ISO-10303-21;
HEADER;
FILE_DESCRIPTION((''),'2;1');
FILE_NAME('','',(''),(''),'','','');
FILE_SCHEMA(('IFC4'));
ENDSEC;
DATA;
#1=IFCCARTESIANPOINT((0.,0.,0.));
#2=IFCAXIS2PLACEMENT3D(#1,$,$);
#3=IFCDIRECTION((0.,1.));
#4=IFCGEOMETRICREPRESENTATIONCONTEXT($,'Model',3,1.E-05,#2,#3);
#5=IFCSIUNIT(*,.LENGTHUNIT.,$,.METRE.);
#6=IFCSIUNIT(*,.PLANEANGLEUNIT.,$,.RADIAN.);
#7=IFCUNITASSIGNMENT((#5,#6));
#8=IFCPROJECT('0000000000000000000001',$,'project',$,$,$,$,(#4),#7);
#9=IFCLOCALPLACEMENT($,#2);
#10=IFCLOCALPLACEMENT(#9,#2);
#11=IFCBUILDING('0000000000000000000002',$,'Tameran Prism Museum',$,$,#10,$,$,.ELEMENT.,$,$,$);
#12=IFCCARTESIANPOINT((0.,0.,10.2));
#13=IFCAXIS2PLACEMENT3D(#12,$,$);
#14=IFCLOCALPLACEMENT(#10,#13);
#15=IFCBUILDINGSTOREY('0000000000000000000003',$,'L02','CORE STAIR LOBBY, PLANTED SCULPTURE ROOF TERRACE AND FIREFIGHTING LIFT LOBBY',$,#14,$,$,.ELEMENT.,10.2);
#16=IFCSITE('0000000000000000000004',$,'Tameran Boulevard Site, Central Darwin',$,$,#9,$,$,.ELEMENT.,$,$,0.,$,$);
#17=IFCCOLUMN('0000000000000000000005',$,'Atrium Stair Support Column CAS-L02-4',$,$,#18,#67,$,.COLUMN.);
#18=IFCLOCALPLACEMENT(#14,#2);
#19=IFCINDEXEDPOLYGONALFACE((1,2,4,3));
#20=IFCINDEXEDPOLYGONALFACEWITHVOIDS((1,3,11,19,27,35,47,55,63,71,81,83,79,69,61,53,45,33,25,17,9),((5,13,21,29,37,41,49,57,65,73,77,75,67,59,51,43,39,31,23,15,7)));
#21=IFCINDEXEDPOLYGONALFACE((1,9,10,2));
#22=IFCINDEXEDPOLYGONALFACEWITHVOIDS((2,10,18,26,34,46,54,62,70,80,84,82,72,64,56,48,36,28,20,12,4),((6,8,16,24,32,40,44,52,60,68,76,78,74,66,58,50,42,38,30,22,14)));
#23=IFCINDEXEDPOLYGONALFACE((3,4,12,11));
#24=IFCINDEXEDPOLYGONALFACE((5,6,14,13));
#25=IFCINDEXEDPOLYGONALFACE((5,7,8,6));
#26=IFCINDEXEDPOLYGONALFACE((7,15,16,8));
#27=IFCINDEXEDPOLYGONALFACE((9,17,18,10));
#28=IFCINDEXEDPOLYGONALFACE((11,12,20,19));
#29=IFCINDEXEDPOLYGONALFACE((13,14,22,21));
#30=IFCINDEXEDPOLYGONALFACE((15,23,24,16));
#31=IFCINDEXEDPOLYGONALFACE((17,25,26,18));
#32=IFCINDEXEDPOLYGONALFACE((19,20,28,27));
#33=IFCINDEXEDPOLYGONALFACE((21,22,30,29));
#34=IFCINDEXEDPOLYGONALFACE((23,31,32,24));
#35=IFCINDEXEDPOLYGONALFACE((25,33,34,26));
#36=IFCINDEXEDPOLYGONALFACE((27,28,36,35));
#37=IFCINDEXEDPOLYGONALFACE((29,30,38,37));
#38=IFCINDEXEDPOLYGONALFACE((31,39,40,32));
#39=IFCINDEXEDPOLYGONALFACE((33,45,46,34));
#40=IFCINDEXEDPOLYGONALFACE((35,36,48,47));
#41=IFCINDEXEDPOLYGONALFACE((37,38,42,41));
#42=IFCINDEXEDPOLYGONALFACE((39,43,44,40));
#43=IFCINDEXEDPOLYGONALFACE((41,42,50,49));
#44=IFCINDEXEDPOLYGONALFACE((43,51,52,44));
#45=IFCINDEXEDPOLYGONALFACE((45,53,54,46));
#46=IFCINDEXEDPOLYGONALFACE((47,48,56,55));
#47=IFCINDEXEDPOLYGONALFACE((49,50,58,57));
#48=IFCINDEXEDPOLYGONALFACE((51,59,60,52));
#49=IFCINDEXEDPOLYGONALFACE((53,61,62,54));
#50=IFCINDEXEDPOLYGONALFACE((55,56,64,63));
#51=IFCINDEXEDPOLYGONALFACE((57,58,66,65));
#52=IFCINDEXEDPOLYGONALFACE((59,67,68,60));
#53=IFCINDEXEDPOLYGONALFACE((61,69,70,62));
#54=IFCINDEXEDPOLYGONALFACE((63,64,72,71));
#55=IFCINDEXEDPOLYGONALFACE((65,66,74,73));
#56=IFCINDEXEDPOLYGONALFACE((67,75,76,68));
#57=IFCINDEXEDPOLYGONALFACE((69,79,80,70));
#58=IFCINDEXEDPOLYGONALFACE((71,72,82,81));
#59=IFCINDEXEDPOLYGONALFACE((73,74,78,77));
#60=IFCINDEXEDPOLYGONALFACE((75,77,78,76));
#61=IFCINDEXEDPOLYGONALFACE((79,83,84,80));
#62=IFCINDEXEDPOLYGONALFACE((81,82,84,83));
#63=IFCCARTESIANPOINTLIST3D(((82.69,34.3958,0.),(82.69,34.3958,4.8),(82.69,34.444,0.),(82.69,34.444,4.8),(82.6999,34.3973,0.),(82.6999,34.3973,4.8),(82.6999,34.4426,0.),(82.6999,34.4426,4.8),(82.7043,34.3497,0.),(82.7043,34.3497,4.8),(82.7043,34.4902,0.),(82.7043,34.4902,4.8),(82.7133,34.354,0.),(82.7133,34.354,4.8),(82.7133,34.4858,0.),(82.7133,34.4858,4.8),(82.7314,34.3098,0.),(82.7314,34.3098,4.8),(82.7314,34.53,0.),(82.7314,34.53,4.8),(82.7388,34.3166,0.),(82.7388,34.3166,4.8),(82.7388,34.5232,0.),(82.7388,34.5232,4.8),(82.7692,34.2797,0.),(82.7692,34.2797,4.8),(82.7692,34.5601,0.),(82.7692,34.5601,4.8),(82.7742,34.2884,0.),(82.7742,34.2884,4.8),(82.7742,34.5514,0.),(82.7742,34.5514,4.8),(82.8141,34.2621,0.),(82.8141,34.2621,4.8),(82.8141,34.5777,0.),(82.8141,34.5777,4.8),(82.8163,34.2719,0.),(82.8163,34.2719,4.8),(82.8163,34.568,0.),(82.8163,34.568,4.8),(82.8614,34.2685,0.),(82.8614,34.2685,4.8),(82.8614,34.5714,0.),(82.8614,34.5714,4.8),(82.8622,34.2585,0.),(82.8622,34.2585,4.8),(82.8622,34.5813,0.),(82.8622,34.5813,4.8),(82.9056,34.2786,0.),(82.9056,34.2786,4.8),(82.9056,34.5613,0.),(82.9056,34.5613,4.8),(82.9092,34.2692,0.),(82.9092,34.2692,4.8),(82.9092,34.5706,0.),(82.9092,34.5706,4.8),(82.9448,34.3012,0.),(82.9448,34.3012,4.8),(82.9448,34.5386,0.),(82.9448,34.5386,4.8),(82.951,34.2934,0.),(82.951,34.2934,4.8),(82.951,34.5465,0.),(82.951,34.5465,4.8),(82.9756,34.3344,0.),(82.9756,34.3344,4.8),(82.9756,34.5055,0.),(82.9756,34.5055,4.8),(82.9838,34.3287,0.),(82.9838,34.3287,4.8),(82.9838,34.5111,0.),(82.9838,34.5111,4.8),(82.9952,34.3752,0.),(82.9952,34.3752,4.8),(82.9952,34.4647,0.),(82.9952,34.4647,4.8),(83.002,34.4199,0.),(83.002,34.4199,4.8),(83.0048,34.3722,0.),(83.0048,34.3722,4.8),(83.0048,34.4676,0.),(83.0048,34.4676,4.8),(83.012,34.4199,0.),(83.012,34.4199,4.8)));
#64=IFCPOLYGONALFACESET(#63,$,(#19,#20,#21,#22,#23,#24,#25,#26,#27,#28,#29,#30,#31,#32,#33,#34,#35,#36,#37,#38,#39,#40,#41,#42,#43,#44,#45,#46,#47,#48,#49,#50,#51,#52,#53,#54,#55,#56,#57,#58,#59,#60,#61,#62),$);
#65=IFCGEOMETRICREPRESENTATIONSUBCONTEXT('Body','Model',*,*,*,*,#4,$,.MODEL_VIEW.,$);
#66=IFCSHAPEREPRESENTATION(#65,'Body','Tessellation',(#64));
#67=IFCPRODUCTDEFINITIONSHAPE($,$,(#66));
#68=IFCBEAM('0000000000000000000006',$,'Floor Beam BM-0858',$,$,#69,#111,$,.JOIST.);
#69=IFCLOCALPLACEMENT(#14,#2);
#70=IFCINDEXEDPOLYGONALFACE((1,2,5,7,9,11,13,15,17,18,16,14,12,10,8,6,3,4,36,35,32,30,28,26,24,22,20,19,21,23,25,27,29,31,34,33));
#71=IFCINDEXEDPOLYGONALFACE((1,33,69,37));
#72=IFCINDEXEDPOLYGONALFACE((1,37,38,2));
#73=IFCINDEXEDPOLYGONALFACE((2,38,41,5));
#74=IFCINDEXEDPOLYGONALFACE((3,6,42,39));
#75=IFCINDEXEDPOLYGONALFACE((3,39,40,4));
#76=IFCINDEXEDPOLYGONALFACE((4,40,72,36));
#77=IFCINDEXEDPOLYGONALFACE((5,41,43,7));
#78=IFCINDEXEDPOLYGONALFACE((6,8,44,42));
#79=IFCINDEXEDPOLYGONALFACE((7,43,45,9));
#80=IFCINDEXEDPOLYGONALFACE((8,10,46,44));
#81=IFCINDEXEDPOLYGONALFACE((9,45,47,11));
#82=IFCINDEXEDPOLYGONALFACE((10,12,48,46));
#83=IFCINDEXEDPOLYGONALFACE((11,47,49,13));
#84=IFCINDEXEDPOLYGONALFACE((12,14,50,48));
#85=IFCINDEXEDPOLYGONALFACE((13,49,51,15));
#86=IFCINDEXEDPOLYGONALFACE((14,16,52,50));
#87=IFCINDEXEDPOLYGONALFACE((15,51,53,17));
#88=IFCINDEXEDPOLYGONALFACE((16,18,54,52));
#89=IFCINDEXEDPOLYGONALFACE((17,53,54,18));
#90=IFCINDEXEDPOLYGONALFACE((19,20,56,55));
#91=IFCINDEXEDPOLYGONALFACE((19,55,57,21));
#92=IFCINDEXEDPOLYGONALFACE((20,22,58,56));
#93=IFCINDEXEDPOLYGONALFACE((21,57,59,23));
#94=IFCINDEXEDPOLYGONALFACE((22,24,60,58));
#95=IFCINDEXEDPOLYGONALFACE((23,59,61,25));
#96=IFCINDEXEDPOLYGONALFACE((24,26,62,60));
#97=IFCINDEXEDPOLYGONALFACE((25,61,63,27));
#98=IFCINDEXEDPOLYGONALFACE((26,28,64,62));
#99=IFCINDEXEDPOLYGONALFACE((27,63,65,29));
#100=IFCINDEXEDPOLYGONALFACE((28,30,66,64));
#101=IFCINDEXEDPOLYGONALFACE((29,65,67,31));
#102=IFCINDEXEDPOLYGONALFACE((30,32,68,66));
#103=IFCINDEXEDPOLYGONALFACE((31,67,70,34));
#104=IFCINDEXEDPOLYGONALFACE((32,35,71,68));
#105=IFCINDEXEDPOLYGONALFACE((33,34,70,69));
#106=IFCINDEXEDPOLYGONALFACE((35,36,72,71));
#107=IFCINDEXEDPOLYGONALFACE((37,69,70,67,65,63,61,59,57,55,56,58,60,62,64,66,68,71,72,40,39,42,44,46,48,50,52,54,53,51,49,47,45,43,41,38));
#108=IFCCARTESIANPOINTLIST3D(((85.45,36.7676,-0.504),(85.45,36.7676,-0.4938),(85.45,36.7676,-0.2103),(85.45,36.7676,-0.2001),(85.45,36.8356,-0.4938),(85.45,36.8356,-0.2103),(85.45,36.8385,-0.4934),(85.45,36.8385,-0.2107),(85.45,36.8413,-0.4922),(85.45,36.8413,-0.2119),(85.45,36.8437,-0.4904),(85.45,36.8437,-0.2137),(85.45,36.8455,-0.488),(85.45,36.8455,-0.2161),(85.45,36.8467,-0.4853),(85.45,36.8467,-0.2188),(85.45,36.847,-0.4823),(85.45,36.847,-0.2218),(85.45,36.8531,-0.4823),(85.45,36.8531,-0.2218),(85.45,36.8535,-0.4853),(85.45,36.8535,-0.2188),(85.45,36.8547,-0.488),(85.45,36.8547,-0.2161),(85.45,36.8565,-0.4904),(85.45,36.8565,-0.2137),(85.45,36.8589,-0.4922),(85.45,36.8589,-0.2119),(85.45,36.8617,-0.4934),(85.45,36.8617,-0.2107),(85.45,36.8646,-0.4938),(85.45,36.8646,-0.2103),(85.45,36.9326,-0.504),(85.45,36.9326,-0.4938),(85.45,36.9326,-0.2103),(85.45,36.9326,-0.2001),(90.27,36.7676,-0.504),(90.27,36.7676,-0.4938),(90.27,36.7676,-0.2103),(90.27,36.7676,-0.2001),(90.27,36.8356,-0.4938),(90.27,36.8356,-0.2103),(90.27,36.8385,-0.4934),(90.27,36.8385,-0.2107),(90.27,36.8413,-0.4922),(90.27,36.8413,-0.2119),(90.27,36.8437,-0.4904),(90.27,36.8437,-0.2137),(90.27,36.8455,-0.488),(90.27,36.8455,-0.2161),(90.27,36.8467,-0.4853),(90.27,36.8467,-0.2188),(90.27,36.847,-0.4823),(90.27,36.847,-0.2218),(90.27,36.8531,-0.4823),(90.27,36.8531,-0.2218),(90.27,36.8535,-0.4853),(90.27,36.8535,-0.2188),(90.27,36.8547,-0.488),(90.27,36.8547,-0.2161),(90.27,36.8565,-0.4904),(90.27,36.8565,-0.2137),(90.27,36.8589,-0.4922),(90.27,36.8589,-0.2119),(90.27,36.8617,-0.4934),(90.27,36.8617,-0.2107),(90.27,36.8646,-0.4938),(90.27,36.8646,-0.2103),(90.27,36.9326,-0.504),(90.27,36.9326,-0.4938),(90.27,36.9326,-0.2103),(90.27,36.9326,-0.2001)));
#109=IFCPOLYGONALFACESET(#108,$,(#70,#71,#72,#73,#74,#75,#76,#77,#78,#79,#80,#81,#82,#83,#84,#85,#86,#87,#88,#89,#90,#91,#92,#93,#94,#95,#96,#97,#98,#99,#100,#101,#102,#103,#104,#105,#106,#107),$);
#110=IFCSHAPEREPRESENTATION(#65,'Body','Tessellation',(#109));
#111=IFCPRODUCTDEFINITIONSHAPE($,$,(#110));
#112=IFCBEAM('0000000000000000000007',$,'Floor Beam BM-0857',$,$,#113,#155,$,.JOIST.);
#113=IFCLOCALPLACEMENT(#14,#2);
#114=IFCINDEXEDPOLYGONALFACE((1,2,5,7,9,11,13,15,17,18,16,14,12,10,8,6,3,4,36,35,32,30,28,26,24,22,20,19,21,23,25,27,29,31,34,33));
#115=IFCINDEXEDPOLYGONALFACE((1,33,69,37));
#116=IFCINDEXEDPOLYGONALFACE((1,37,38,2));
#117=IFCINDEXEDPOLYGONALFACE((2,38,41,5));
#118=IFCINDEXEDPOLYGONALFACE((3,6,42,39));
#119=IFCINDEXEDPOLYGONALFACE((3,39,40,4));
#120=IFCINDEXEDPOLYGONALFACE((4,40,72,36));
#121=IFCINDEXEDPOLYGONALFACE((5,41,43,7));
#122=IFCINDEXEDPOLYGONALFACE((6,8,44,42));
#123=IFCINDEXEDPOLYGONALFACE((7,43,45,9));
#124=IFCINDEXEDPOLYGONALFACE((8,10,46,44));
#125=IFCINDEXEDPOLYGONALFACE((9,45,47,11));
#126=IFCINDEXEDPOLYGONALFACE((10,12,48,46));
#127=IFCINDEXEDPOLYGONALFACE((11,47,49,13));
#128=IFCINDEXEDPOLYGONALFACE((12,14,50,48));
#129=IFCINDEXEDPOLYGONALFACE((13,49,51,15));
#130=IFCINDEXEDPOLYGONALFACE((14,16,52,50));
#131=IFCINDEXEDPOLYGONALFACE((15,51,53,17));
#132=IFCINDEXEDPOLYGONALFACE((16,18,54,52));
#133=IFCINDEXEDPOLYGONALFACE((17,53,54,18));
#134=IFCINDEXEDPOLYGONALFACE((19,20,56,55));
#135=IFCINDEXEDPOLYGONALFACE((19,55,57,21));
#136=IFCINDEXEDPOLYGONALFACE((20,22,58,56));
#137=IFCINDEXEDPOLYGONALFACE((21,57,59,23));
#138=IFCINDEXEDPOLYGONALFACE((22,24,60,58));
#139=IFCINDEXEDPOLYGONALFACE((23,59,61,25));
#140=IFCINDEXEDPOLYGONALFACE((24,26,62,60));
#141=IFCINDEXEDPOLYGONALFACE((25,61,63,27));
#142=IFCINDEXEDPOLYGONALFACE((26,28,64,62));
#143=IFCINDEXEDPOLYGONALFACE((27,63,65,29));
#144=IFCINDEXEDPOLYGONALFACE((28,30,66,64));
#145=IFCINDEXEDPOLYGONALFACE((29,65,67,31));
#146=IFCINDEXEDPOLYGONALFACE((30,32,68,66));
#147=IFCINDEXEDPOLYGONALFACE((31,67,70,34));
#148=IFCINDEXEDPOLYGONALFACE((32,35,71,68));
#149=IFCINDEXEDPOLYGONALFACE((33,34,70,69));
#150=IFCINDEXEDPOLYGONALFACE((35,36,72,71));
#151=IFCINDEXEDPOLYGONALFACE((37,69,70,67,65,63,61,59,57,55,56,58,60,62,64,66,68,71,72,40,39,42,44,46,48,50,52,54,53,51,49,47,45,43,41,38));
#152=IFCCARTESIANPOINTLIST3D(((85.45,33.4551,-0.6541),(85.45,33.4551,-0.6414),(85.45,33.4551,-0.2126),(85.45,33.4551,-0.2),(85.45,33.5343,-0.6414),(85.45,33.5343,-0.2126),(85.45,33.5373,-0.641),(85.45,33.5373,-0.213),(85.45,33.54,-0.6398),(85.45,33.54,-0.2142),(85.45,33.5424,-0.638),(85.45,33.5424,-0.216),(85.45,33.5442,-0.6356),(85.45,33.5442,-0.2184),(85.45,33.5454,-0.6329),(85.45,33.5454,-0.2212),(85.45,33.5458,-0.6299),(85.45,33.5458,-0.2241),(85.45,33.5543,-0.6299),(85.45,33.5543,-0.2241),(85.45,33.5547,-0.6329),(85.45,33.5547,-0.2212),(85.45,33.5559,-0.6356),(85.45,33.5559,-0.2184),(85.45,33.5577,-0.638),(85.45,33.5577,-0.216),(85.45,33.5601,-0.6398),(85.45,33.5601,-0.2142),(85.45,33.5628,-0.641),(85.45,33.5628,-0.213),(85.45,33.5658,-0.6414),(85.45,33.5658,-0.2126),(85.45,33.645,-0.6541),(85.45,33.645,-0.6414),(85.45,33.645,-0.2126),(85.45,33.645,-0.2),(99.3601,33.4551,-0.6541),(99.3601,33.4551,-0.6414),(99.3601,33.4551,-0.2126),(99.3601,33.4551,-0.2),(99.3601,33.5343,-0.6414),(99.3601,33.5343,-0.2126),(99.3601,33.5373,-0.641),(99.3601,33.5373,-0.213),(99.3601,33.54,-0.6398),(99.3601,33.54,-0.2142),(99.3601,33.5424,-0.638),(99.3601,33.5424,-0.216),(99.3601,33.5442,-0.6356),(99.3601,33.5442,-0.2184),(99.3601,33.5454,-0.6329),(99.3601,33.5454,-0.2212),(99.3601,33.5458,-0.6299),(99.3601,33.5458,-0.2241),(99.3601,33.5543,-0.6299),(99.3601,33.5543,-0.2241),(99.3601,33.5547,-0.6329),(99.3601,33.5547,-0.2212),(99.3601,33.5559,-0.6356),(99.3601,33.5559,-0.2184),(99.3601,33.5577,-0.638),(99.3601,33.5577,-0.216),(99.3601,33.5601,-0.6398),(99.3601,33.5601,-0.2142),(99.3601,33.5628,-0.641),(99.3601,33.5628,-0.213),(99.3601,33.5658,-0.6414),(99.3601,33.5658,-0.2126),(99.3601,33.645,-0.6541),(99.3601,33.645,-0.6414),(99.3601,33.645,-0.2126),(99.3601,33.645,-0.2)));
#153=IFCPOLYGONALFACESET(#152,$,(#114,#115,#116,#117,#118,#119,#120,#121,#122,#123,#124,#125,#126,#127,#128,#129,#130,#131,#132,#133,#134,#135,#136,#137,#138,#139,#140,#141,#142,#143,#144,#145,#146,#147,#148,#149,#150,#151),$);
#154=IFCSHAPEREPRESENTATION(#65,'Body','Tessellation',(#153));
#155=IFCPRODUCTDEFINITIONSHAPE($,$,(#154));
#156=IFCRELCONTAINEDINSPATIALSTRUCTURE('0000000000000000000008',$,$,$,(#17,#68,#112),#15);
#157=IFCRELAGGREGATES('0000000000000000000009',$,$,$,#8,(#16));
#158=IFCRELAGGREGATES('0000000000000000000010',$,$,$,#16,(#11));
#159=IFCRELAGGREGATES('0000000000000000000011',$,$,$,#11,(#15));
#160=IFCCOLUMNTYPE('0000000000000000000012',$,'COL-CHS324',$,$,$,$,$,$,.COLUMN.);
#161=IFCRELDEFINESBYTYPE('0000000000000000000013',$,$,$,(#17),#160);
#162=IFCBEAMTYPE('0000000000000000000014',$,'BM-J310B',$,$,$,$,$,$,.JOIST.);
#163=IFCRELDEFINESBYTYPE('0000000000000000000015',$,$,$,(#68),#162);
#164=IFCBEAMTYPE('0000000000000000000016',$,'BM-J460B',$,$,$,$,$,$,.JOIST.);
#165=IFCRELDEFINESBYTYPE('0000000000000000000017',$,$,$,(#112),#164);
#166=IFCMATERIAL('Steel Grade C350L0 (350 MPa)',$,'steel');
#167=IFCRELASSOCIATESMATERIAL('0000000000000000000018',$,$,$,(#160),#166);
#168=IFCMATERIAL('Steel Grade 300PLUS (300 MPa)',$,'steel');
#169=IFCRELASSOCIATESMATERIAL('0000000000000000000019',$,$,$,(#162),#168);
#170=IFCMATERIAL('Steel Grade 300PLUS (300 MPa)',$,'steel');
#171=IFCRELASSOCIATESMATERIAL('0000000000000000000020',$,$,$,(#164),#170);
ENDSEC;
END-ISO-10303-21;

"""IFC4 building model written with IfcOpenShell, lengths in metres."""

from ifc_helpers import new_model, si_unit, direction, frame, origin, origin_2d, place, context, subcontext, project, spatial, hollow_circle, i_section, extrude, material, material_profile, profile_set, type_object, element, save


model = new_model("IFC4")

# Units and contexts
model_context = context("Model", 3, precision=1e-05, world=origin(), true_north=direction((0.0, 1.0)))
body_context = subcontext(model_context, "Body", "Model", "MODEL_VIEW")
ifc_project = project(units=[si_unit("LENGTHUNIT", "METRE"), si_unit("PLANEANGLEUNIT", "RADIAN")], contexts=[model_context])

# Site, building, storey
site_placement = place(None, origin())
site = spatial("IfcSite", under=ifc_project, at=site_placement, Name="Tameran Boulevard Site, Central Darwin", CompositionType="ELEMENT", RefElevation=0.0)
building_placement = place(site_placement, origin())
building = spatial("IfcBuilding", under=site, at=building_placement, Name="Tameran Prism Museum", CompositionType="ELEMENT")
storey_placement = place(building_placement, frame((0.0, 0.0, 10.2)))
storey = spatial("IfcBuildingStorey", under=building, at=storey_placement, Name="L02", Description="CORE STAIR LOBBY, PLANTED SCULPTURE ROOF TERRACE AND FIREFIGHTING LIFT LOBBY", CompositionType="ELEMENT", Elevation=10.2)

# Column
ifc_material_1 = material(Name="Steel Grade C350L0 (350 MPa)", Category="steel")
ifc_material_profile_1 = material_profile(ifc_material_1, hollow_circle(Radius=0.1619, WallThickness=0.01, at=origin_2d()))
ifc_profile_set_1 = profile_set([ifc_material_profile_1])
column_type = type_object("IfcColumnType", Name="COL-CHS324", PredefinedType="COLUMN", material=ifc_profile_set_1)
column_placement = place(storey_placement, frame((82.8501, 34.4199, 0.0), z_axis=(0.0, 0.0, 1.0), x_axis=(1.0, 0.0, 0.0)))
element("IfcColumn", 1, at=column_placement, inside=storey, type_object=column_type, Name="Atrium Stair Support Column CAS-L02-4", PredefinedType="COLUMN", context=body_context, shape_type="SweptSolid", body=[
    extrude(hollow_circle(Radius=0.1619, WallThickness=0.01, at=origin_2d()), origin(), (0.0, 0.0, 1.0), 4.8),
])

# Beams
ifc_material_2 = material(Name="Steel Grade 300PLUS (300 MPa)", Category="steel")
ifc_material_profile_2 = material_profile(ifc_material_2, i_section(OverallWidth=0.165, OverallDepth=0.304, WebThickness=0.0061, FlangeThickness=0.0103, FilletRadius=0.0115, at=origin_2d()))
ifc_profile_set_2 = profile_set([ifc_material_profile_2])
beam_type_1 = type_object("IfcBeamType", Name="BM-J310B", PredefinedType="JOIST", material=ifc_profile_set_2)
beam_1_placement = place(storey_placement, frame((85.45, 36.8501, -0.3521), z_axis=(1.0, 0.0, 0.0), x_axis=(0.0, 1.0, 0.0)))
element("IfcBeam", 2, at=beam_1_placement, inside=storey, type_object=beam_type_1, Name="Floor Beam BM-0858", PredefinedType="JOIST", context=body_context, shape_type="SweptSolid", body=[
    extrude(i_section(OverallWidth=0.165, OverallDepth=0.304, WebThickness=0.0061, FlangeThickness=0.0103, FilletRadius=0.0115, at=origin_2d()), origin(), (0.0, 0.0, 1.0), 4.8201),
])
ifc_material_3 = material(Name="Steel Grade 300PLUS (300 MPa)", Category="steel")
ifc_material_profile_3 = material_profile(ifc_material_3, i_section(OverallWidth=0.1899, OverallDepth=0.4541, WebThickness=0.0085, FlangeThickness=0.0127, FilletRadius=0.0115, at=origin_2d()))
ifc_profile_set_3 = profile_set([ifc_material_profile_3])
beam_type_2 = type_object("IfcBeamType", Name="BM-J460B", PredefinedType="JOIST", material=ifc_profile_set_3)
beam_2_placement = place(storey_placement, frame((85.45, 33.55, -0.427), z_axis=(1.0, 0.0, 0.0), x_axis=(0.0, 1.0, 0.0)))
element("IfcBeam", 3, at=beam_2_placement, inside=storey, type_object=beam_type_2, Name="Floor Beam BM-0857", PredefinedType="JOIST", context=body_context, shape_type="SweptSolid", body=[
    extrude(i_section(OverallWidth=0.1899, OverallDepth=0.4541, WebThickness=0.0085, FlangeThickness=0.0127, FilletRadius=0.0115, at=origin_2d()), origin(), (0.0, 0.0, 1.0), 13.9102),
])

save(model, "model.ifc")
